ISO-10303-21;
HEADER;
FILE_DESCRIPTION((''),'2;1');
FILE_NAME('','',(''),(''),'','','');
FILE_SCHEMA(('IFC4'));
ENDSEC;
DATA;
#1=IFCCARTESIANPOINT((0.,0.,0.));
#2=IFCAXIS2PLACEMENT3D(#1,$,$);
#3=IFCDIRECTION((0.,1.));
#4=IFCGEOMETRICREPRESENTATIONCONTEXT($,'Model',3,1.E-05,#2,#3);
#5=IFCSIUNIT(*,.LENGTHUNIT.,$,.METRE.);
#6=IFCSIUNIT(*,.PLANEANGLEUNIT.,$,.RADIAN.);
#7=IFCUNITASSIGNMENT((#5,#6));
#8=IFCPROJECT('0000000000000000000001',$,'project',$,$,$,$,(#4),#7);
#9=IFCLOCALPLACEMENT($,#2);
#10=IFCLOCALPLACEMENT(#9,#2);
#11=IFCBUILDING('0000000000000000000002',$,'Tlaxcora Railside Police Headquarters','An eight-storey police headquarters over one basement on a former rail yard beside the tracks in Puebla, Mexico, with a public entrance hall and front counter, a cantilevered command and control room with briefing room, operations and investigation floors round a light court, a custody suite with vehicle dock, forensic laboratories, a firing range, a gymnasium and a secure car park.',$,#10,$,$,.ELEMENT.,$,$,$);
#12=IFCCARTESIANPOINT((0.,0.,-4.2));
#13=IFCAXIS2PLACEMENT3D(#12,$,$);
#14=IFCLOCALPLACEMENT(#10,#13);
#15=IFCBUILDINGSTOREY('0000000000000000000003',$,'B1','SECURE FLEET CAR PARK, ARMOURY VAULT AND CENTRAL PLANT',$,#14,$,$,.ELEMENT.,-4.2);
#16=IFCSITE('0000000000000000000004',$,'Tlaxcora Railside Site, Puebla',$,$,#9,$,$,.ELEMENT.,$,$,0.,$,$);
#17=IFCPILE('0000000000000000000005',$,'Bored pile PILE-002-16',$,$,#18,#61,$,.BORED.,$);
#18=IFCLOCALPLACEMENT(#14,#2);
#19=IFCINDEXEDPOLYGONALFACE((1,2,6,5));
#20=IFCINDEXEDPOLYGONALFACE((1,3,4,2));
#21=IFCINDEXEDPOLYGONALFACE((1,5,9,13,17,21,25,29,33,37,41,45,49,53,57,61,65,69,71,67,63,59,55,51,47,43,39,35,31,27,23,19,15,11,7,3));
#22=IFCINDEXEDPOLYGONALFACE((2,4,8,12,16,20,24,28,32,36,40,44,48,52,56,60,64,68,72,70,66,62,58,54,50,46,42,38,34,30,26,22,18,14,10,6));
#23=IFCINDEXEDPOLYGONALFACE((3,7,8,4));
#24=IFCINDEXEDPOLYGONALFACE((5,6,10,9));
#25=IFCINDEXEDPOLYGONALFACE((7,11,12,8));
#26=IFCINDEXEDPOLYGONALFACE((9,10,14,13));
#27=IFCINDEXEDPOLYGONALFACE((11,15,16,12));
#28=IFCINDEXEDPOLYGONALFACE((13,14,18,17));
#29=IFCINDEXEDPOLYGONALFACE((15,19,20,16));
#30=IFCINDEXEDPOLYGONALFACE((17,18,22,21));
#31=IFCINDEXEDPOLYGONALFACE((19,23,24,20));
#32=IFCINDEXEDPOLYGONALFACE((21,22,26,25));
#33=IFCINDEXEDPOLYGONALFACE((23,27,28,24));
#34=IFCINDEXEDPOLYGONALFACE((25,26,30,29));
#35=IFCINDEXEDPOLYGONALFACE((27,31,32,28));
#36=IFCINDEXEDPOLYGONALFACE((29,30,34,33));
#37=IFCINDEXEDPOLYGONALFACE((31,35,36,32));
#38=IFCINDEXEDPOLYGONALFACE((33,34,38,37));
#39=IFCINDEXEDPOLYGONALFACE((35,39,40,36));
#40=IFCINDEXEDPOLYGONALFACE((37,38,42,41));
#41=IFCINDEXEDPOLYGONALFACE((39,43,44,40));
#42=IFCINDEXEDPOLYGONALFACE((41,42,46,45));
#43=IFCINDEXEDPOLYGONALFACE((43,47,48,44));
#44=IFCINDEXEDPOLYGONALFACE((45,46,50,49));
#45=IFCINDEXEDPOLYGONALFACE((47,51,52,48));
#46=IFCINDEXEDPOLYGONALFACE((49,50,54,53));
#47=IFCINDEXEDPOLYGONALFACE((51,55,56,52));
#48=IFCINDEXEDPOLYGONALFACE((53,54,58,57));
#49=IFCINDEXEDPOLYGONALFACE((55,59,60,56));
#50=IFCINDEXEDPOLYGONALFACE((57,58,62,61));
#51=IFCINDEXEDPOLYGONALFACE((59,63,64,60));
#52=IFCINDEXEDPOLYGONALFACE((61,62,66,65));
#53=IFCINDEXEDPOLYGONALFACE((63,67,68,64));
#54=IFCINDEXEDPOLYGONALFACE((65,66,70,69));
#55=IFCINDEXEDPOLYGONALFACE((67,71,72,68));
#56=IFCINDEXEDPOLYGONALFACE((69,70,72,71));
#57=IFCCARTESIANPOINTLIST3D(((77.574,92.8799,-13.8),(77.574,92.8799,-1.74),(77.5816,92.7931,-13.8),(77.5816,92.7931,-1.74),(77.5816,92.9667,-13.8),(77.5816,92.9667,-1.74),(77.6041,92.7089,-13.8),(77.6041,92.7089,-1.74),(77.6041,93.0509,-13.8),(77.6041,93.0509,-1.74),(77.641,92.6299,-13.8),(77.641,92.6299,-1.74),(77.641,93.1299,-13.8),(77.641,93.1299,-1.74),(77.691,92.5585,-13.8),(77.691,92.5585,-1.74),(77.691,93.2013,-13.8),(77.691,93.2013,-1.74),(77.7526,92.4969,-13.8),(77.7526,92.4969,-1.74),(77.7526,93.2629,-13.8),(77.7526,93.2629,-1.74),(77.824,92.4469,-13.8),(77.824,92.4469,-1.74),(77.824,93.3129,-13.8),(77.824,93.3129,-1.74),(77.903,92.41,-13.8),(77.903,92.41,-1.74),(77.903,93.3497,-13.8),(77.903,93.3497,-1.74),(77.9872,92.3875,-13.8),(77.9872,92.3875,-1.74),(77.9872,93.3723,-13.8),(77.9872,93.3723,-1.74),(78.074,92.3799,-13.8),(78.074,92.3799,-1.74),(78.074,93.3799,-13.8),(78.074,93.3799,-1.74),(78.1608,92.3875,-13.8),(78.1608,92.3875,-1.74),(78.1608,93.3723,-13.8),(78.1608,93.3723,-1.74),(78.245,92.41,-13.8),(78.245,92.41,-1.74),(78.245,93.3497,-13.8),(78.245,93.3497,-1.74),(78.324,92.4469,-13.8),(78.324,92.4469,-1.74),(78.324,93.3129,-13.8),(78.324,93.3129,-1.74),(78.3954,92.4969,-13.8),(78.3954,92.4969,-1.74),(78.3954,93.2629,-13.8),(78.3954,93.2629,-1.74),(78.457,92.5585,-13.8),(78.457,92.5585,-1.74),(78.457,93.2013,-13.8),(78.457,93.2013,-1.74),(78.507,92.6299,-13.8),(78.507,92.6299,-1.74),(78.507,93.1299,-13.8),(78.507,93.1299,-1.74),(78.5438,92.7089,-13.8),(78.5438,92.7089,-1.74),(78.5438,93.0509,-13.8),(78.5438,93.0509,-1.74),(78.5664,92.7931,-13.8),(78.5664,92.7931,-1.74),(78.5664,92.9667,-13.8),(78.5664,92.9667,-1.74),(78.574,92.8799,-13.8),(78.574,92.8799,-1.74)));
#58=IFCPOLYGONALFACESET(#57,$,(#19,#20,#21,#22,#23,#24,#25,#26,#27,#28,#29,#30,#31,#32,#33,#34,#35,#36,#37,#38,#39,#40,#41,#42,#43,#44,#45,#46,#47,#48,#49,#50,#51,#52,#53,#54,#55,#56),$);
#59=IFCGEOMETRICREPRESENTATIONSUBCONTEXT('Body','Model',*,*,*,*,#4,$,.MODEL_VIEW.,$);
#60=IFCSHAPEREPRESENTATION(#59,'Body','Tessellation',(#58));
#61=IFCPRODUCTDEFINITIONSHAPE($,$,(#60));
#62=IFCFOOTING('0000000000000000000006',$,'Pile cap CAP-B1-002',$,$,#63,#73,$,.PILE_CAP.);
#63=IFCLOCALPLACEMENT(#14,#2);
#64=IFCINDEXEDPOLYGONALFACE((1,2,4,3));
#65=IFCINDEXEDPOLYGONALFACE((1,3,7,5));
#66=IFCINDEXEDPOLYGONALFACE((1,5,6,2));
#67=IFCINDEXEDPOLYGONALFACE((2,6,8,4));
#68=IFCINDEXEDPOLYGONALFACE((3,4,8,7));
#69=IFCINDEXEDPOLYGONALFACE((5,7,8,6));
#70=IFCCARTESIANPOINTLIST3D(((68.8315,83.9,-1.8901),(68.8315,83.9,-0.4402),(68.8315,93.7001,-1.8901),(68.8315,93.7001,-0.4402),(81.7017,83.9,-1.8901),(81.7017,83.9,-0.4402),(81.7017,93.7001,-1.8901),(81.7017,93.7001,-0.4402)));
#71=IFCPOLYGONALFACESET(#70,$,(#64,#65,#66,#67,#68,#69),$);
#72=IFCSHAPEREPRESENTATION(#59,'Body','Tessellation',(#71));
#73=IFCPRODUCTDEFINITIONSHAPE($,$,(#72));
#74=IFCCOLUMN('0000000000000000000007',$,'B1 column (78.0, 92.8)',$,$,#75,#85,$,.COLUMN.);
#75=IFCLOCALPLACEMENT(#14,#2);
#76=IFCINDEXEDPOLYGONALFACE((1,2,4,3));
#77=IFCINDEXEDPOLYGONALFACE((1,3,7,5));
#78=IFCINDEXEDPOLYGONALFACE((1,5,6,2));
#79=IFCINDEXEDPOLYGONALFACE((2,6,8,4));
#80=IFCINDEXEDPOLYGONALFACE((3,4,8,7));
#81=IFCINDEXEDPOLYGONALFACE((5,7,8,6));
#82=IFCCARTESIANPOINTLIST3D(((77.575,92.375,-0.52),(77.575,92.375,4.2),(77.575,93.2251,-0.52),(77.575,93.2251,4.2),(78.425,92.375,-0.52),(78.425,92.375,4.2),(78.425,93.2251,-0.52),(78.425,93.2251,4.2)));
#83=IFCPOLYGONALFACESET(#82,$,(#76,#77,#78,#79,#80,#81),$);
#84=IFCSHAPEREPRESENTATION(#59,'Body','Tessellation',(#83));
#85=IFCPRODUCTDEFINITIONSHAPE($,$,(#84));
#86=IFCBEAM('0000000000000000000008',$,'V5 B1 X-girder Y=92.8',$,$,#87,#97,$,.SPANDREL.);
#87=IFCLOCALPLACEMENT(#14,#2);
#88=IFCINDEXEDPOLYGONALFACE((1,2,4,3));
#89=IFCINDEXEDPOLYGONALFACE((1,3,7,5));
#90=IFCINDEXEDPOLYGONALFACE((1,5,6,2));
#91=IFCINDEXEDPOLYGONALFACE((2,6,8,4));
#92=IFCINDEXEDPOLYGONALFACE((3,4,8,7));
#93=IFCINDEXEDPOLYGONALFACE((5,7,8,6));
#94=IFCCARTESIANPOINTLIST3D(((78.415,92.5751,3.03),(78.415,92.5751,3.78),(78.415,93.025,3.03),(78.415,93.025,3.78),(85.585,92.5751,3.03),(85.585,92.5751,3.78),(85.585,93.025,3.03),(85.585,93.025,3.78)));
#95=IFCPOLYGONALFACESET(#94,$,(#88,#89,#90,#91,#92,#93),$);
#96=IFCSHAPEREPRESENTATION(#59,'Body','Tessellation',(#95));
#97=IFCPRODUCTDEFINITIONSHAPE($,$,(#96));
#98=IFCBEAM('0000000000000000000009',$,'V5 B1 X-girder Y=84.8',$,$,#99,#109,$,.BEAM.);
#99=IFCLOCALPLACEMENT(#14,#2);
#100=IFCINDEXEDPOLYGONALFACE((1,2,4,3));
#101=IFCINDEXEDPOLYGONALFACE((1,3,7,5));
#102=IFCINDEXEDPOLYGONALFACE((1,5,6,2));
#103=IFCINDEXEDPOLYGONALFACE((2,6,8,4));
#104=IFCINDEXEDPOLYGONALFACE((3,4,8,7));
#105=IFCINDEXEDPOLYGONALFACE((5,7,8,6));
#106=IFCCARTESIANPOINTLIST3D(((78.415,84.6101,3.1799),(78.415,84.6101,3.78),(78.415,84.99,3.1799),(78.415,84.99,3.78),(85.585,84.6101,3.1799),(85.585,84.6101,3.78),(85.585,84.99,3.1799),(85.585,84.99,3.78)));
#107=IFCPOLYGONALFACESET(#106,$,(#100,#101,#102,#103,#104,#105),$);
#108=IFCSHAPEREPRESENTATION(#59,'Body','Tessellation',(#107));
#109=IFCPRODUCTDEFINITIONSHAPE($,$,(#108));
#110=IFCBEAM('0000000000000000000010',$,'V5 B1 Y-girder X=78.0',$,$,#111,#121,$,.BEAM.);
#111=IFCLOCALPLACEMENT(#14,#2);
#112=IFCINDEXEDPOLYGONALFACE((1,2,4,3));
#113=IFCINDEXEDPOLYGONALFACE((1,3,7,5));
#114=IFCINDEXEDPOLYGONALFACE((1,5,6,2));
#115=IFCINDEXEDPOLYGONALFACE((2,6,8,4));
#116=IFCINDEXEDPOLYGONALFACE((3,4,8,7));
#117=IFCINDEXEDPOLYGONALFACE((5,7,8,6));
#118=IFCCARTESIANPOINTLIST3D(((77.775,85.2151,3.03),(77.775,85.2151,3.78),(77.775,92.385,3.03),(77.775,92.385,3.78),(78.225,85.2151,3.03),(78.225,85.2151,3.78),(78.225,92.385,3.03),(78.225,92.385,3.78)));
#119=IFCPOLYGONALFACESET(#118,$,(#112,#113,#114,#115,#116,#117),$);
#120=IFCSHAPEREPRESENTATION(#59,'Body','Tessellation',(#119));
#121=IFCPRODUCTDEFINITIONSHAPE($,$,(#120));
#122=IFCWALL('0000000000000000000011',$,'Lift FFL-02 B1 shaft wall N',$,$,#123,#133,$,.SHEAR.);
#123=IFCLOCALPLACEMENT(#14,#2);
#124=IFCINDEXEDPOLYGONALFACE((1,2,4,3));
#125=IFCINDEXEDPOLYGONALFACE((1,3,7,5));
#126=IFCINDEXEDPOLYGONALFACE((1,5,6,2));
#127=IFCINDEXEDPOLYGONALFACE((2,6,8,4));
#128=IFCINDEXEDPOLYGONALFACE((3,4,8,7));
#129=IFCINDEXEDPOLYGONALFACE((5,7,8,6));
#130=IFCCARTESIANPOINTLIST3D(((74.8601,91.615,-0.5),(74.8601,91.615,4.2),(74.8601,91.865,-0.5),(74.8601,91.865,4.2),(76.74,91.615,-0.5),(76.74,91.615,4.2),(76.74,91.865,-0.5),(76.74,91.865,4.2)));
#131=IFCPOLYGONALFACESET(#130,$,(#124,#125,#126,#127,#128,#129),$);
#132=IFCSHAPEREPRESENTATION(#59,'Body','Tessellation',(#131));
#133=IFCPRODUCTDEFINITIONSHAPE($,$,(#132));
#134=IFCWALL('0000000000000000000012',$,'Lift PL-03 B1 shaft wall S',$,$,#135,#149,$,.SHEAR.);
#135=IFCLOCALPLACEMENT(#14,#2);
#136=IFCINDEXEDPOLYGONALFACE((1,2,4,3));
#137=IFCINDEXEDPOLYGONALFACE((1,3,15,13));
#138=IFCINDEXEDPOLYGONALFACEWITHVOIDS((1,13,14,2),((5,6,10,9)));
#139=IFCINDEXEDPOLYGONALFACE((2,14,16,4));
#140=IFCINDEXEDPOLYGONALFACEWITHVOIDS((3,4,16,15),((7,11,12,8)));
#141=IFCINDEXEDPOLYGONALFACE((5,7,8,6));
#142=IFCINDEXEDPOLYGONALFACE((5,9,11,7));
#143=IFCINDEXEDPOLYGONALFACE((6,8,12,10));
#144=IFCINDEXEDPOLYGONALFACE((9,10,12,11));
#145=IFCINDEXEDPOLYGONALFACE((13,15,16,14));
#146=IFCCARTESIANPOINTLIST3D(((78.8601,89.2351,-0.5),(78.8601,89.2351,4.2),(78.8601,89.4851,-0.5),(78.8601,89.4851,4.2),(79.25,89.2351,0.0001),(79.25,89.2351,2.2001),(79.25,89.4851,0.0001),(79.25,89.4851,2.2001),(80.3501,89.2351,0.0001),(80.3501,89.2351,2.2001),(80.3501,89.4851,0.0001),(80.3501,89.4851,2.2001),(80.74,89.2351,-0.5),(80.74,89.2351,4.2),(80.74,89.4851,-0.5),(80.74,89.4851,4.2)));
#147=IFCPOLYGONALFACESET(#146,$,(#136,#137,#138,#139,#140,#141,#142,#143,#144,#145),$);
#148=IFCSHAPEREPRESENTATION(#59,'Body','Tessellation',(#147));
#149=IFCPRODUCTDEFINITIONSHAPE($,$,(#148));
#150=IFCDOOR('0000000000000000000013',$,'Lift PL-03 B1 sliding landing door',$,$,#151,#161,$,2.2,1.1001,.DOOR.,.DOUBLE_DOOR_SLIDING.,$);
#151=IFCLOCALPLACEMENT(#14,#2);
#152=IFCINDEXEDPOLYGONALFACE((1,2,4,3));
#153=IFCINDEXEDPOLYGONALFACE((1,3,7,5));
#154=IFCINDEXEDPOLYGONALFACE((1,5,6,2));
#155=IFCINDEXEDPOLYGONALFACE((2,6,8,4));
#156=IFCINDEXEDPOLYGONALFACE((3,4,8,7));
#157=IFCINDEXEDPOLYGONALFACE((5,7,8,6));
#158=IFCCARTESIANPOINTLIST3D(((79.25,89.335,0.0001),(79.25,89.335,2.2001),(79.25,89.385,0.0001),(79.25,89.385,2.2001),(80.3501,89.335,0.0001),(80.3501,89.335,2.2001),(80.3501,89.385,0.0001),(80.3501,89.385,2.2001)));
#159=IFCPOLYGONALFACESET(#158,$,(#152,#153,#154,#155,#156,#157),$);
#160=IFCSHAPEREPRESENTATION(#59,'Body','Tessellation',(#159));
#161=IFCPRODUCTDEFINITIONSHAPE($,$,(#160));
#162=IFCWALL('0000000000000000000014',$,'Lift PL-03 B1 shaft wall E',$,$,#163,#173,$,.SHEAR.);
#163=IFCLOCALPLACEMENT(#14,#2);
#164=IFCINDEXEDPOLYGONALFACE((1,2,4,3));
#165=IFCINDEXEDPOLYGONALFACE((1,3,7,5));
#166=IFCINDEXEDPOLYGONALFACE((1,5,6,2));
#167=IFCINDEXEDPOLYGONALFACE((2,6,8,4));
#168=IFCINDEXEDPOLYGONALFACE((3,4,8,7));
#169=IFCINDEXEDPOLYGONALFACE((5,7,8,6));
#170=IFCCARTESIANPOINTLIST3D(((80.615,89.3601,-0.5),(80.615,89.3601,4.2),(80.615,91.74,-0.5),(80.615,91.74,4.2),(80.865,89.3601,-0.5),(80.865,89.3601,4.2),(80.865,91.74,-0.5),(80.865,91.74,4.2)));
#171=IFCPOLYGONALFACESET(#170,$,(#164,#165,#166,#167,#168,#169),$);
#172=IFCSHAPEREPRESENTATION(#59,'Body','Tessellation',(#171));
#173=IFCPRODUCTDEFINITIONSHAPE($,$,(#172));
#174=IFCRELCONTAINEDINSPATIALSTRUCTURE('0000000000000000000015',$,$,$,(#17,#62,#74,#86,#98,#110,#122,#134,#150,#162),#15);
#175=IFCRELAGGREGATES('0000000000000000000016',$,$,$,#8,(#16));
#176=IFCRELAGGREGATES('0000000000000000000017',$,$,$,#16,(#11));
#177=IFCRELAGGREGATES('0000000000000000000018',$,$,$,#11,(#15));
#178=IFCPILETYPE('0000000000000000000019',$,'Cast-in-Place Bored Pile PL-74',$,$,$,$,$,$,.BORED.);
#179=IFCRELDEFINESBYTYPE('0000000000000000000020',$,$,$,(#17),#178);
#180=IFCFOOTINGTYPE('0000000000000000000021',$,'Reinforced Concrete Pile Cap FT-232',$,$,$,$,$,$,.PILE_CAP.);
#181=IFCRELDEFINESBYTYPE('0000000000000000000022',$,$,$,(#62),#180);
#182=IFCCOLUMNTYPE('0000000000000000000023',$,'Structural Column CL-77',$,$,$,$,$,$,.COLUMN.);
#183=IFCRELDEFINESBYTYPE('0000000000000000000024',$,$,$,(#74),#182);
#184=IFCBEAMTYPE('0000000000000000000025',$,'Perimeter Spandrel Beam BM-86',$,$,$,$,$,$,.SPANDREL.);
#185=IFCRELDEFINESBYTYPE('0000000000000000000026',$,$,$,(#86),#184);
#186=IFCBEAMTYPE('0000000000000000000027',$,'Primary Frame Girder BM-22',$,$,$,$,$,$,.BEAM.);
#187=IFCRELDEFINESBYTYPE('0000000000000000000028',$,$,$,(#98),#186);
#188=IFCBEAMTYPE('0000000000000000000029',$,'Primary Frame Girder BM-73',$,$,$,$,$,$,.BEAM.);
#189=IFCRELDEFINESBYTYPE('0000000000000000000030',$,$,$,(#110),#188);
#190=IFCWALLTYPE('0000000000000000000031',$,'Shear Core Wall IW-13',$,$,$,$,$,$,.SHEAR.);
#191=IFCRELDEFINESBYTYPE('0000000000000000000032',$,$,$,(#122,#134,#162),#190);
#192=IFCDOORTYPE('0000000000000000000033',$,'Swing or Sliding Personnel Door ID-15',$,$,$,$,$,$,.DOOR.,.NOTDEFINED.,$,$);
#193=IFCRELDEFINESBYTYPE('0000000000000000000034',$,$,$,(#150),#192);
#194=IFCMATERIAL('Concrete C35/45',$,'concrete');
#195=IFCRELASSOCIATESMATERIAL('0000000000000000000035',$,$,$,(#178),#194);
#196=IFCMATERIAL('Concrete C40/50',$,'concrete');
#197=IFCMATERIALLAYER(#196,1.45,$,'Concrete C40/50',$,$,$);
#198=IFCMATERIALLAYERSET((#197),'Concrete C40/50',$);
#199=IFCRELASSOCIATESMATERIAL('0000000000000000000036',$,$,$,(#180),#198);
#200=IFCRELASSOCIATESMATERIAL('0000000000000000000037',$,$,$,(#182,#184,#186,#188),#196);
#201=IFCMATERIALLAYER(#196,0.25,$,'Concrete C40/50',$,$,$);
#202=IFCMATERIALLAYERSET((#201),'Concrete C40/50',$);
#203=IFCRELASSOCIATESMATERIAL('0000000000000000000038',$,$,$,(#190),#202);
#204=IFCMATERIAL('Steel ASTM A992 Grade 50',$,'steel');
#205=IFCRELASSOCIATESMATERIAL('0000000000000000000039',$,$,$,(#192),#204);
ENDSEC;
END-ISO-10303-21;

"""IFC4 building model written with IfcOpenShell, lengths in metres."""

from ifc_helpers import new_model, si_unit, direction, frame, frame_2d, origin, origin_2d, place, context, subcontext, project, spatial, rectangle, circle, extrude, material, layer, layer_set, material_profile, profile_set, type_object, element, fill, save


model = new_model("IFC4")

# Units and contexts
model_context = context("Model", 3, precision=1e-05, world=origin(), true_north=direction((0.0, 1.0)))
body_context = subcontext(model_context, "Body", "Model", "MODEL_VIEW")
ifc_project = project(units=[si_unit("LENGTHUNIT", "METRE"), si_unit("PLANEANGLEUNIT", "RADIAN")], contexts=[model_context])

# Site, building, storey
site_placement = place(None, origin())
site = spatial("IfcSite", under=ifc_project, at=site_placement, Name="Tlaxcora Railside Site, Puebla", CompositionType="ELEMENT", RefElevation=0.0)
building_placement = place(site_placement, origin())
building = spatial("IfcBuilding", under=site, at=building_placement, Name="Tlaxcora Railside Police Headquarters", Description="An eight-storey police headquarters over one basement on a former rail yard beside the tracks in Puebla, Mexico, with a public entrance hall and front counter, a cantilevered command and control room with briefing room, operations and investigation floors round a light court, a custody suite with vehicle dock, forensic laboratories, a firing range, a gymnasium and a secure car park.", CompositionType="ELEMENT")
storey_placement = place(building_placement, frame((0.0, 0.0, -4.2)))
storey = spatial("IfcBuildingStorey", under=building, at=storey_placement, Name="B1", Description="SECURE FLEET CAR PARK, ARMOURY VAULT AND CENTRAL PLANT", CompositionType="ELEMENT", Elevation=-4.2)

# Pile
ifc_material_1 = material(Name="Concrete C35/45", Category="concrete")
ifc_material_profile_1 = material_profile(ifc_material_1, circle(Radius=0.5, at=origin_2d()), Name="PILE1000")
ifc_profile_set_1 = profile_set([ifc_material_profile_1], Name="Concrete C35/45")
pile_type = type_object("IfcPileType", Name="Cast-in-Place Bored Pile PL-74", PredefinedType="BORED", material=ifc_profile_set_1)
for number, where, z_axis, x_axis, name in (
    (1, (78.074, 92.8799, -1.74), (0.0, 0.0, -1.0), (1.0, 0.0, 0.0), "Bored pile PILE-002-16"),
):
    element("IfcPile", number, at=place(storey_placement, frame(where, z_axis=z_axis, x_axis=x_axis)), inside=storey, type_object=pile_type, Name=name, PredefinedType="BORED", context=body_context, shape_type="SweptSolid", body=[
        extrude(circle(Radius=0.5, at=origin_2d()), origin(), (0.0, 0.0, 1.0), 12.0601),
    ])

# Footing
ifc_material_2 = material(Name="Concrete C40/50", Category="concrete")
ifc_layer_1 = layer(ifc_material_2, 1.45, Name="Concrete C40/50")
ifc_layer_set_1 = layer_set([ifc_layer_1], Name="Concrete C40/50")
footing_type = type_object("IfcFootingType", Name="Reinforced Concrete Pile Cap FT-232", PredefinedType="PILE_CAP", material=ifc_layer_set_1)
footing_placement = place(storey_placement, frame((75.2666, 88.8, -1.8901), z_axis=(0.0, 0.0, 1.0), x_axis=(1.0, 0.0, 0.0)))
element("IfcFooting", 2, at=footing_placement, inside=storey, type_object=footing_type, Name="Pile cap CAP-B1-002", PredefinedType="PILE_CAP", context=body_context, shape_type="SweptSolid", body=[
    extrude(rectangle(XDim=12.8701, YDim=9.8, at=origin_2d()), origin(), (0.0, 0.0, 1.0), 1.45),
])

# Column
ifc_material_profile_2 = material_profile(ifc_material_2, rectangle(XDim=0.8501, YDim=0.8501, at=origin_2d()), Name="RC850X850")
ifc_profile_set_2 = profile_set([ifc_material_profile_2], Name="Concrete C40/50")
column_type = type_object("IfcColumnType", Name="Structural Column CL-77", PredefinedType="COLUMN", material=ifc_profile_set_2)
column_placement = place(storey_placement, frame((78.0, 92.8, -0.52), z_axis=(0.0, 0.0, 1.0), x_axis=(1.0, 0.0, 0.0)))
element("IfcColumn", 3, at=column_placement, inside=storey, type_object=column_type, Name="B1 column (78.0, 92.8)", PredefinedType="COLUMN", context=body_context, shape_type="SweptSolid", body=[
    extrude(rectangle(XDim=0.8501, YDim=0.8501, at=origin_2d()), origin(), (0.0, 0.0, 1.0), 4.72),
])

# Beams
ifc_material_profile_3 = material_profile(ifc_material_2, rectangle(XDim=0.45, YDim=0.75, at=origin_2d()), Name="RC450X750")
ifc_profile_set_3 = profile_set([ifc_material_profile_3], Name="Concrete C40/50")
beam_type_1 = type_object("IfcBeamType", Name="Perimeter Spandrel Beam BM-86", PredefinedType="SPANDREL", material=ifc_profile_set_3)
beam_1_placement = place(storey_placement, frame((78.415, 92.8, 3.405), z_axis=(1.0, 0.0, 0.0), x_axis=(0.0, 1.0, 0.0)))
element("IfcBeam", 4, at=beam_1_placement, inside=storey, type_object=beam_type_1, Name="V5 B1 X-girder Y=92.8", PredefinedType="SPANDREL", context=body_context, shape_type="SweptSolid", body=[
    extrude(rectangle(XDim=0.45, YDim=0.75, at=origin_2d()), origin(), (0.0, 0.0, 1.0), 7.1699),
])
ifc_material_profile_4 = material_profile(ifc_material_2, rectangle(XDim=0.3799, YDim=0.6001, at=origin_2d()), Name="RC380X600")
ifc_profile_set_4 = profile_set([ifc_material_profile_4], Name="Concrete C40/50")
beam_type_2 = type_object("IfcBeamType", Name="Primary Frame Girder BM-22", PredefinedType="BEAM", material=ifc_profile_set_4)
beam_2_placement = place(storey_placement, frame((78.415, 84.8, 3.48), z_axis=(1.0, 0.0, 0.0), x_axis=(0.0, 1.0, 0.0)))
element("IfcBeam", 5, at=beam_2_placement, inside=storey, type_object=beam_type_2, Name="V5 B1 X-girder Y=84.8", PredefinedType="BEAM", context=body_context, shape_type="SweptSolid", body=[
    extrude(rectangle(XDim=0.3799, YDim=0.6001, at=origin_2d()), origin(), (0.0, 0.0, 1.0), 7.1699),
])
ifc_material_profile_5 = material_profile(ifc_material_2, rectangle(XDim=0.45, YDim=0.75, at=origin_2d()), Name="RC450X750")
ifc_profile_set_5 = profile_set([ifc_material_profile_5], Name="Concrete C40/50")
beam_type_3 = type_object("IfcBeamType", Name="Primary Frame Girder BM-73", PredefinedType="BEAM", material=ifc_profile_set_5)
beam_3_placement = place(storey_placement, frame((78.0, 85.2151, 3.405), z_axis=(0.0, 1.0, 0.0), x_axis=(-1.0, 0.0, 0.0)))
element("IfcBeam", 6, at=beam_3_placement, inside=storey, type_object=beam_type_3, Name="V5 B1 Y-girder X=78.0", PredefinedType="BEAM", context=body_context, shape_type="SweptSolid", body=[
    extrude(rectangle(XDim=0.45, YDim=0.75, at=origin_2d()), origin(), (0.0, 0.0, 1.0), 7.1699),
])

# Wall
ifc_layer_2 = layer(ifc_material_2, 0.25, Name="Concrete C40/50")
ifc_layer_set_2 = layer_set([ifc_layer_2], Name="Concrete C40/50")
wall_type_1 = type_object("IfcWallType", Name="Shear Core Wall IW-13", PredefinedType="SHEAR", material=ifc_layer_set_2)
wall_1_placement = place(storey_placement, frame((76.74, 91.74, -0.5), z_axis=(0.0, 0.0, 1.0), x_axis=(-1.0, 0.0, 0.0)))
element("IfcWall", 7, at=wall_1_placement, inside=storey, type_object=wall_type_1, Name="Lift FFL-02 B1 shaft wall N", PredefinedType="SHEAR", context=body_context, shape_type="SweptSolid", body=[
    extrude(rectangle(XDim=1.8799, YDim=0.25, at=frame_2d((0.9399, 0.0))), origin(), (0.0, 0.0, 1.0), 4.7),
])

# Wall, opening, door
wall_2_placement = place(storey_placement, frame((78.8601, 89.3601, -0.5), z_axis=(0.0, 0.0, 1.0), x_axis=(1.0, 0.0, 0.0)))
wall_2 = element("IfcWall", 8, at=wall_2_placement, inside=storey, type_object=wall_type_1, Name="Lift PL-03 B1 shaft wall S", PredefinedType="SHEAR", context=body_context, shape_type="SweptSolid", body=[
    extrude(rectangle(XDim=1.8799, YDim=0.25, at=frame_2d((0.9399, 0.0))), origin(), (0.0, 0.0, 1.0), 4.7),
])
opening_placement = place(wall_2_placement, frame((0.3899, 0.0, 0.5)))
opening = element("IfcOpeningElement", 9, at=opening_placement, cuts=wall_2, PredefinedType="OPENING", context=body_context, shape_type="SweptSolid", body=[
    extrude(rectangle(XDim=1.1001, YDim=2.2, at=frame_2d((0.55, 1.1001))), frame((0.0, 0.135, 0.0), z_axis=(0.0, -1.0, 0.0), x_axis=(1.0, 0.0, 0.0)), (0.0, 0.0, 1.0), 0.27),
])
ifc_material_3 = material(Name="Steel ASTM A992 Grade 50", Category="steel")
door_type = type_object("IfcDoorType", Name="Swing or Sliding Personnel Door ID-15", OperationType="NOTDEFINED", PredefinedType="DOOR", material=ifc_material_3)
door_placement = place(opening_placement, origin())
door = element("IfcDoor", 10, at=door_placement, inside=storey, type_object=door_type, Name="Lift PL-03 B1 sliding landing door", OperationType="DOUBLE_DOOR_SLIDING", OverallHeight=2.2, OverallWidth=1.1001, PredefinedType="DOOR", context=body_context, shape_type="SweptSolid", body=[
    extrude(rectangle(XDim=1.1001, YDim=2.2, at=frame_2d((0.55, 1.1001))), frame((0.0, 0.0249, 0.0), z_axis=(0.0, -1.0, 0.0), x_axis=(1.0, 0.0, 0.0)), (0.0, 0.0, 1.0), 0.05),
])
fill(opening, door)

# Wall
wall_3_placement = place(storey_placement, frame((80.74, 89.3601, -0.5), z_axis=(0.0, 0.0, 1.0), x_axis=(0.0, 1.0, 0.0)))
element("IfcWall", 11, at=wall_3_placement, inside=storey, type_object=wall_type_1, Name="Lift PL-03 B1 shaft wall E", PredefinedType="SHEAR", context=body_context, shape_type="SweptSolid", body=[
    extrude(rectangle(XDim=2.3799, YDim=0.25, at=frame_2d((1.1899, 0.0))), origin(), (0.0, 0.0, 1.0), 4.7),
])

save(model, "model.ifc")
